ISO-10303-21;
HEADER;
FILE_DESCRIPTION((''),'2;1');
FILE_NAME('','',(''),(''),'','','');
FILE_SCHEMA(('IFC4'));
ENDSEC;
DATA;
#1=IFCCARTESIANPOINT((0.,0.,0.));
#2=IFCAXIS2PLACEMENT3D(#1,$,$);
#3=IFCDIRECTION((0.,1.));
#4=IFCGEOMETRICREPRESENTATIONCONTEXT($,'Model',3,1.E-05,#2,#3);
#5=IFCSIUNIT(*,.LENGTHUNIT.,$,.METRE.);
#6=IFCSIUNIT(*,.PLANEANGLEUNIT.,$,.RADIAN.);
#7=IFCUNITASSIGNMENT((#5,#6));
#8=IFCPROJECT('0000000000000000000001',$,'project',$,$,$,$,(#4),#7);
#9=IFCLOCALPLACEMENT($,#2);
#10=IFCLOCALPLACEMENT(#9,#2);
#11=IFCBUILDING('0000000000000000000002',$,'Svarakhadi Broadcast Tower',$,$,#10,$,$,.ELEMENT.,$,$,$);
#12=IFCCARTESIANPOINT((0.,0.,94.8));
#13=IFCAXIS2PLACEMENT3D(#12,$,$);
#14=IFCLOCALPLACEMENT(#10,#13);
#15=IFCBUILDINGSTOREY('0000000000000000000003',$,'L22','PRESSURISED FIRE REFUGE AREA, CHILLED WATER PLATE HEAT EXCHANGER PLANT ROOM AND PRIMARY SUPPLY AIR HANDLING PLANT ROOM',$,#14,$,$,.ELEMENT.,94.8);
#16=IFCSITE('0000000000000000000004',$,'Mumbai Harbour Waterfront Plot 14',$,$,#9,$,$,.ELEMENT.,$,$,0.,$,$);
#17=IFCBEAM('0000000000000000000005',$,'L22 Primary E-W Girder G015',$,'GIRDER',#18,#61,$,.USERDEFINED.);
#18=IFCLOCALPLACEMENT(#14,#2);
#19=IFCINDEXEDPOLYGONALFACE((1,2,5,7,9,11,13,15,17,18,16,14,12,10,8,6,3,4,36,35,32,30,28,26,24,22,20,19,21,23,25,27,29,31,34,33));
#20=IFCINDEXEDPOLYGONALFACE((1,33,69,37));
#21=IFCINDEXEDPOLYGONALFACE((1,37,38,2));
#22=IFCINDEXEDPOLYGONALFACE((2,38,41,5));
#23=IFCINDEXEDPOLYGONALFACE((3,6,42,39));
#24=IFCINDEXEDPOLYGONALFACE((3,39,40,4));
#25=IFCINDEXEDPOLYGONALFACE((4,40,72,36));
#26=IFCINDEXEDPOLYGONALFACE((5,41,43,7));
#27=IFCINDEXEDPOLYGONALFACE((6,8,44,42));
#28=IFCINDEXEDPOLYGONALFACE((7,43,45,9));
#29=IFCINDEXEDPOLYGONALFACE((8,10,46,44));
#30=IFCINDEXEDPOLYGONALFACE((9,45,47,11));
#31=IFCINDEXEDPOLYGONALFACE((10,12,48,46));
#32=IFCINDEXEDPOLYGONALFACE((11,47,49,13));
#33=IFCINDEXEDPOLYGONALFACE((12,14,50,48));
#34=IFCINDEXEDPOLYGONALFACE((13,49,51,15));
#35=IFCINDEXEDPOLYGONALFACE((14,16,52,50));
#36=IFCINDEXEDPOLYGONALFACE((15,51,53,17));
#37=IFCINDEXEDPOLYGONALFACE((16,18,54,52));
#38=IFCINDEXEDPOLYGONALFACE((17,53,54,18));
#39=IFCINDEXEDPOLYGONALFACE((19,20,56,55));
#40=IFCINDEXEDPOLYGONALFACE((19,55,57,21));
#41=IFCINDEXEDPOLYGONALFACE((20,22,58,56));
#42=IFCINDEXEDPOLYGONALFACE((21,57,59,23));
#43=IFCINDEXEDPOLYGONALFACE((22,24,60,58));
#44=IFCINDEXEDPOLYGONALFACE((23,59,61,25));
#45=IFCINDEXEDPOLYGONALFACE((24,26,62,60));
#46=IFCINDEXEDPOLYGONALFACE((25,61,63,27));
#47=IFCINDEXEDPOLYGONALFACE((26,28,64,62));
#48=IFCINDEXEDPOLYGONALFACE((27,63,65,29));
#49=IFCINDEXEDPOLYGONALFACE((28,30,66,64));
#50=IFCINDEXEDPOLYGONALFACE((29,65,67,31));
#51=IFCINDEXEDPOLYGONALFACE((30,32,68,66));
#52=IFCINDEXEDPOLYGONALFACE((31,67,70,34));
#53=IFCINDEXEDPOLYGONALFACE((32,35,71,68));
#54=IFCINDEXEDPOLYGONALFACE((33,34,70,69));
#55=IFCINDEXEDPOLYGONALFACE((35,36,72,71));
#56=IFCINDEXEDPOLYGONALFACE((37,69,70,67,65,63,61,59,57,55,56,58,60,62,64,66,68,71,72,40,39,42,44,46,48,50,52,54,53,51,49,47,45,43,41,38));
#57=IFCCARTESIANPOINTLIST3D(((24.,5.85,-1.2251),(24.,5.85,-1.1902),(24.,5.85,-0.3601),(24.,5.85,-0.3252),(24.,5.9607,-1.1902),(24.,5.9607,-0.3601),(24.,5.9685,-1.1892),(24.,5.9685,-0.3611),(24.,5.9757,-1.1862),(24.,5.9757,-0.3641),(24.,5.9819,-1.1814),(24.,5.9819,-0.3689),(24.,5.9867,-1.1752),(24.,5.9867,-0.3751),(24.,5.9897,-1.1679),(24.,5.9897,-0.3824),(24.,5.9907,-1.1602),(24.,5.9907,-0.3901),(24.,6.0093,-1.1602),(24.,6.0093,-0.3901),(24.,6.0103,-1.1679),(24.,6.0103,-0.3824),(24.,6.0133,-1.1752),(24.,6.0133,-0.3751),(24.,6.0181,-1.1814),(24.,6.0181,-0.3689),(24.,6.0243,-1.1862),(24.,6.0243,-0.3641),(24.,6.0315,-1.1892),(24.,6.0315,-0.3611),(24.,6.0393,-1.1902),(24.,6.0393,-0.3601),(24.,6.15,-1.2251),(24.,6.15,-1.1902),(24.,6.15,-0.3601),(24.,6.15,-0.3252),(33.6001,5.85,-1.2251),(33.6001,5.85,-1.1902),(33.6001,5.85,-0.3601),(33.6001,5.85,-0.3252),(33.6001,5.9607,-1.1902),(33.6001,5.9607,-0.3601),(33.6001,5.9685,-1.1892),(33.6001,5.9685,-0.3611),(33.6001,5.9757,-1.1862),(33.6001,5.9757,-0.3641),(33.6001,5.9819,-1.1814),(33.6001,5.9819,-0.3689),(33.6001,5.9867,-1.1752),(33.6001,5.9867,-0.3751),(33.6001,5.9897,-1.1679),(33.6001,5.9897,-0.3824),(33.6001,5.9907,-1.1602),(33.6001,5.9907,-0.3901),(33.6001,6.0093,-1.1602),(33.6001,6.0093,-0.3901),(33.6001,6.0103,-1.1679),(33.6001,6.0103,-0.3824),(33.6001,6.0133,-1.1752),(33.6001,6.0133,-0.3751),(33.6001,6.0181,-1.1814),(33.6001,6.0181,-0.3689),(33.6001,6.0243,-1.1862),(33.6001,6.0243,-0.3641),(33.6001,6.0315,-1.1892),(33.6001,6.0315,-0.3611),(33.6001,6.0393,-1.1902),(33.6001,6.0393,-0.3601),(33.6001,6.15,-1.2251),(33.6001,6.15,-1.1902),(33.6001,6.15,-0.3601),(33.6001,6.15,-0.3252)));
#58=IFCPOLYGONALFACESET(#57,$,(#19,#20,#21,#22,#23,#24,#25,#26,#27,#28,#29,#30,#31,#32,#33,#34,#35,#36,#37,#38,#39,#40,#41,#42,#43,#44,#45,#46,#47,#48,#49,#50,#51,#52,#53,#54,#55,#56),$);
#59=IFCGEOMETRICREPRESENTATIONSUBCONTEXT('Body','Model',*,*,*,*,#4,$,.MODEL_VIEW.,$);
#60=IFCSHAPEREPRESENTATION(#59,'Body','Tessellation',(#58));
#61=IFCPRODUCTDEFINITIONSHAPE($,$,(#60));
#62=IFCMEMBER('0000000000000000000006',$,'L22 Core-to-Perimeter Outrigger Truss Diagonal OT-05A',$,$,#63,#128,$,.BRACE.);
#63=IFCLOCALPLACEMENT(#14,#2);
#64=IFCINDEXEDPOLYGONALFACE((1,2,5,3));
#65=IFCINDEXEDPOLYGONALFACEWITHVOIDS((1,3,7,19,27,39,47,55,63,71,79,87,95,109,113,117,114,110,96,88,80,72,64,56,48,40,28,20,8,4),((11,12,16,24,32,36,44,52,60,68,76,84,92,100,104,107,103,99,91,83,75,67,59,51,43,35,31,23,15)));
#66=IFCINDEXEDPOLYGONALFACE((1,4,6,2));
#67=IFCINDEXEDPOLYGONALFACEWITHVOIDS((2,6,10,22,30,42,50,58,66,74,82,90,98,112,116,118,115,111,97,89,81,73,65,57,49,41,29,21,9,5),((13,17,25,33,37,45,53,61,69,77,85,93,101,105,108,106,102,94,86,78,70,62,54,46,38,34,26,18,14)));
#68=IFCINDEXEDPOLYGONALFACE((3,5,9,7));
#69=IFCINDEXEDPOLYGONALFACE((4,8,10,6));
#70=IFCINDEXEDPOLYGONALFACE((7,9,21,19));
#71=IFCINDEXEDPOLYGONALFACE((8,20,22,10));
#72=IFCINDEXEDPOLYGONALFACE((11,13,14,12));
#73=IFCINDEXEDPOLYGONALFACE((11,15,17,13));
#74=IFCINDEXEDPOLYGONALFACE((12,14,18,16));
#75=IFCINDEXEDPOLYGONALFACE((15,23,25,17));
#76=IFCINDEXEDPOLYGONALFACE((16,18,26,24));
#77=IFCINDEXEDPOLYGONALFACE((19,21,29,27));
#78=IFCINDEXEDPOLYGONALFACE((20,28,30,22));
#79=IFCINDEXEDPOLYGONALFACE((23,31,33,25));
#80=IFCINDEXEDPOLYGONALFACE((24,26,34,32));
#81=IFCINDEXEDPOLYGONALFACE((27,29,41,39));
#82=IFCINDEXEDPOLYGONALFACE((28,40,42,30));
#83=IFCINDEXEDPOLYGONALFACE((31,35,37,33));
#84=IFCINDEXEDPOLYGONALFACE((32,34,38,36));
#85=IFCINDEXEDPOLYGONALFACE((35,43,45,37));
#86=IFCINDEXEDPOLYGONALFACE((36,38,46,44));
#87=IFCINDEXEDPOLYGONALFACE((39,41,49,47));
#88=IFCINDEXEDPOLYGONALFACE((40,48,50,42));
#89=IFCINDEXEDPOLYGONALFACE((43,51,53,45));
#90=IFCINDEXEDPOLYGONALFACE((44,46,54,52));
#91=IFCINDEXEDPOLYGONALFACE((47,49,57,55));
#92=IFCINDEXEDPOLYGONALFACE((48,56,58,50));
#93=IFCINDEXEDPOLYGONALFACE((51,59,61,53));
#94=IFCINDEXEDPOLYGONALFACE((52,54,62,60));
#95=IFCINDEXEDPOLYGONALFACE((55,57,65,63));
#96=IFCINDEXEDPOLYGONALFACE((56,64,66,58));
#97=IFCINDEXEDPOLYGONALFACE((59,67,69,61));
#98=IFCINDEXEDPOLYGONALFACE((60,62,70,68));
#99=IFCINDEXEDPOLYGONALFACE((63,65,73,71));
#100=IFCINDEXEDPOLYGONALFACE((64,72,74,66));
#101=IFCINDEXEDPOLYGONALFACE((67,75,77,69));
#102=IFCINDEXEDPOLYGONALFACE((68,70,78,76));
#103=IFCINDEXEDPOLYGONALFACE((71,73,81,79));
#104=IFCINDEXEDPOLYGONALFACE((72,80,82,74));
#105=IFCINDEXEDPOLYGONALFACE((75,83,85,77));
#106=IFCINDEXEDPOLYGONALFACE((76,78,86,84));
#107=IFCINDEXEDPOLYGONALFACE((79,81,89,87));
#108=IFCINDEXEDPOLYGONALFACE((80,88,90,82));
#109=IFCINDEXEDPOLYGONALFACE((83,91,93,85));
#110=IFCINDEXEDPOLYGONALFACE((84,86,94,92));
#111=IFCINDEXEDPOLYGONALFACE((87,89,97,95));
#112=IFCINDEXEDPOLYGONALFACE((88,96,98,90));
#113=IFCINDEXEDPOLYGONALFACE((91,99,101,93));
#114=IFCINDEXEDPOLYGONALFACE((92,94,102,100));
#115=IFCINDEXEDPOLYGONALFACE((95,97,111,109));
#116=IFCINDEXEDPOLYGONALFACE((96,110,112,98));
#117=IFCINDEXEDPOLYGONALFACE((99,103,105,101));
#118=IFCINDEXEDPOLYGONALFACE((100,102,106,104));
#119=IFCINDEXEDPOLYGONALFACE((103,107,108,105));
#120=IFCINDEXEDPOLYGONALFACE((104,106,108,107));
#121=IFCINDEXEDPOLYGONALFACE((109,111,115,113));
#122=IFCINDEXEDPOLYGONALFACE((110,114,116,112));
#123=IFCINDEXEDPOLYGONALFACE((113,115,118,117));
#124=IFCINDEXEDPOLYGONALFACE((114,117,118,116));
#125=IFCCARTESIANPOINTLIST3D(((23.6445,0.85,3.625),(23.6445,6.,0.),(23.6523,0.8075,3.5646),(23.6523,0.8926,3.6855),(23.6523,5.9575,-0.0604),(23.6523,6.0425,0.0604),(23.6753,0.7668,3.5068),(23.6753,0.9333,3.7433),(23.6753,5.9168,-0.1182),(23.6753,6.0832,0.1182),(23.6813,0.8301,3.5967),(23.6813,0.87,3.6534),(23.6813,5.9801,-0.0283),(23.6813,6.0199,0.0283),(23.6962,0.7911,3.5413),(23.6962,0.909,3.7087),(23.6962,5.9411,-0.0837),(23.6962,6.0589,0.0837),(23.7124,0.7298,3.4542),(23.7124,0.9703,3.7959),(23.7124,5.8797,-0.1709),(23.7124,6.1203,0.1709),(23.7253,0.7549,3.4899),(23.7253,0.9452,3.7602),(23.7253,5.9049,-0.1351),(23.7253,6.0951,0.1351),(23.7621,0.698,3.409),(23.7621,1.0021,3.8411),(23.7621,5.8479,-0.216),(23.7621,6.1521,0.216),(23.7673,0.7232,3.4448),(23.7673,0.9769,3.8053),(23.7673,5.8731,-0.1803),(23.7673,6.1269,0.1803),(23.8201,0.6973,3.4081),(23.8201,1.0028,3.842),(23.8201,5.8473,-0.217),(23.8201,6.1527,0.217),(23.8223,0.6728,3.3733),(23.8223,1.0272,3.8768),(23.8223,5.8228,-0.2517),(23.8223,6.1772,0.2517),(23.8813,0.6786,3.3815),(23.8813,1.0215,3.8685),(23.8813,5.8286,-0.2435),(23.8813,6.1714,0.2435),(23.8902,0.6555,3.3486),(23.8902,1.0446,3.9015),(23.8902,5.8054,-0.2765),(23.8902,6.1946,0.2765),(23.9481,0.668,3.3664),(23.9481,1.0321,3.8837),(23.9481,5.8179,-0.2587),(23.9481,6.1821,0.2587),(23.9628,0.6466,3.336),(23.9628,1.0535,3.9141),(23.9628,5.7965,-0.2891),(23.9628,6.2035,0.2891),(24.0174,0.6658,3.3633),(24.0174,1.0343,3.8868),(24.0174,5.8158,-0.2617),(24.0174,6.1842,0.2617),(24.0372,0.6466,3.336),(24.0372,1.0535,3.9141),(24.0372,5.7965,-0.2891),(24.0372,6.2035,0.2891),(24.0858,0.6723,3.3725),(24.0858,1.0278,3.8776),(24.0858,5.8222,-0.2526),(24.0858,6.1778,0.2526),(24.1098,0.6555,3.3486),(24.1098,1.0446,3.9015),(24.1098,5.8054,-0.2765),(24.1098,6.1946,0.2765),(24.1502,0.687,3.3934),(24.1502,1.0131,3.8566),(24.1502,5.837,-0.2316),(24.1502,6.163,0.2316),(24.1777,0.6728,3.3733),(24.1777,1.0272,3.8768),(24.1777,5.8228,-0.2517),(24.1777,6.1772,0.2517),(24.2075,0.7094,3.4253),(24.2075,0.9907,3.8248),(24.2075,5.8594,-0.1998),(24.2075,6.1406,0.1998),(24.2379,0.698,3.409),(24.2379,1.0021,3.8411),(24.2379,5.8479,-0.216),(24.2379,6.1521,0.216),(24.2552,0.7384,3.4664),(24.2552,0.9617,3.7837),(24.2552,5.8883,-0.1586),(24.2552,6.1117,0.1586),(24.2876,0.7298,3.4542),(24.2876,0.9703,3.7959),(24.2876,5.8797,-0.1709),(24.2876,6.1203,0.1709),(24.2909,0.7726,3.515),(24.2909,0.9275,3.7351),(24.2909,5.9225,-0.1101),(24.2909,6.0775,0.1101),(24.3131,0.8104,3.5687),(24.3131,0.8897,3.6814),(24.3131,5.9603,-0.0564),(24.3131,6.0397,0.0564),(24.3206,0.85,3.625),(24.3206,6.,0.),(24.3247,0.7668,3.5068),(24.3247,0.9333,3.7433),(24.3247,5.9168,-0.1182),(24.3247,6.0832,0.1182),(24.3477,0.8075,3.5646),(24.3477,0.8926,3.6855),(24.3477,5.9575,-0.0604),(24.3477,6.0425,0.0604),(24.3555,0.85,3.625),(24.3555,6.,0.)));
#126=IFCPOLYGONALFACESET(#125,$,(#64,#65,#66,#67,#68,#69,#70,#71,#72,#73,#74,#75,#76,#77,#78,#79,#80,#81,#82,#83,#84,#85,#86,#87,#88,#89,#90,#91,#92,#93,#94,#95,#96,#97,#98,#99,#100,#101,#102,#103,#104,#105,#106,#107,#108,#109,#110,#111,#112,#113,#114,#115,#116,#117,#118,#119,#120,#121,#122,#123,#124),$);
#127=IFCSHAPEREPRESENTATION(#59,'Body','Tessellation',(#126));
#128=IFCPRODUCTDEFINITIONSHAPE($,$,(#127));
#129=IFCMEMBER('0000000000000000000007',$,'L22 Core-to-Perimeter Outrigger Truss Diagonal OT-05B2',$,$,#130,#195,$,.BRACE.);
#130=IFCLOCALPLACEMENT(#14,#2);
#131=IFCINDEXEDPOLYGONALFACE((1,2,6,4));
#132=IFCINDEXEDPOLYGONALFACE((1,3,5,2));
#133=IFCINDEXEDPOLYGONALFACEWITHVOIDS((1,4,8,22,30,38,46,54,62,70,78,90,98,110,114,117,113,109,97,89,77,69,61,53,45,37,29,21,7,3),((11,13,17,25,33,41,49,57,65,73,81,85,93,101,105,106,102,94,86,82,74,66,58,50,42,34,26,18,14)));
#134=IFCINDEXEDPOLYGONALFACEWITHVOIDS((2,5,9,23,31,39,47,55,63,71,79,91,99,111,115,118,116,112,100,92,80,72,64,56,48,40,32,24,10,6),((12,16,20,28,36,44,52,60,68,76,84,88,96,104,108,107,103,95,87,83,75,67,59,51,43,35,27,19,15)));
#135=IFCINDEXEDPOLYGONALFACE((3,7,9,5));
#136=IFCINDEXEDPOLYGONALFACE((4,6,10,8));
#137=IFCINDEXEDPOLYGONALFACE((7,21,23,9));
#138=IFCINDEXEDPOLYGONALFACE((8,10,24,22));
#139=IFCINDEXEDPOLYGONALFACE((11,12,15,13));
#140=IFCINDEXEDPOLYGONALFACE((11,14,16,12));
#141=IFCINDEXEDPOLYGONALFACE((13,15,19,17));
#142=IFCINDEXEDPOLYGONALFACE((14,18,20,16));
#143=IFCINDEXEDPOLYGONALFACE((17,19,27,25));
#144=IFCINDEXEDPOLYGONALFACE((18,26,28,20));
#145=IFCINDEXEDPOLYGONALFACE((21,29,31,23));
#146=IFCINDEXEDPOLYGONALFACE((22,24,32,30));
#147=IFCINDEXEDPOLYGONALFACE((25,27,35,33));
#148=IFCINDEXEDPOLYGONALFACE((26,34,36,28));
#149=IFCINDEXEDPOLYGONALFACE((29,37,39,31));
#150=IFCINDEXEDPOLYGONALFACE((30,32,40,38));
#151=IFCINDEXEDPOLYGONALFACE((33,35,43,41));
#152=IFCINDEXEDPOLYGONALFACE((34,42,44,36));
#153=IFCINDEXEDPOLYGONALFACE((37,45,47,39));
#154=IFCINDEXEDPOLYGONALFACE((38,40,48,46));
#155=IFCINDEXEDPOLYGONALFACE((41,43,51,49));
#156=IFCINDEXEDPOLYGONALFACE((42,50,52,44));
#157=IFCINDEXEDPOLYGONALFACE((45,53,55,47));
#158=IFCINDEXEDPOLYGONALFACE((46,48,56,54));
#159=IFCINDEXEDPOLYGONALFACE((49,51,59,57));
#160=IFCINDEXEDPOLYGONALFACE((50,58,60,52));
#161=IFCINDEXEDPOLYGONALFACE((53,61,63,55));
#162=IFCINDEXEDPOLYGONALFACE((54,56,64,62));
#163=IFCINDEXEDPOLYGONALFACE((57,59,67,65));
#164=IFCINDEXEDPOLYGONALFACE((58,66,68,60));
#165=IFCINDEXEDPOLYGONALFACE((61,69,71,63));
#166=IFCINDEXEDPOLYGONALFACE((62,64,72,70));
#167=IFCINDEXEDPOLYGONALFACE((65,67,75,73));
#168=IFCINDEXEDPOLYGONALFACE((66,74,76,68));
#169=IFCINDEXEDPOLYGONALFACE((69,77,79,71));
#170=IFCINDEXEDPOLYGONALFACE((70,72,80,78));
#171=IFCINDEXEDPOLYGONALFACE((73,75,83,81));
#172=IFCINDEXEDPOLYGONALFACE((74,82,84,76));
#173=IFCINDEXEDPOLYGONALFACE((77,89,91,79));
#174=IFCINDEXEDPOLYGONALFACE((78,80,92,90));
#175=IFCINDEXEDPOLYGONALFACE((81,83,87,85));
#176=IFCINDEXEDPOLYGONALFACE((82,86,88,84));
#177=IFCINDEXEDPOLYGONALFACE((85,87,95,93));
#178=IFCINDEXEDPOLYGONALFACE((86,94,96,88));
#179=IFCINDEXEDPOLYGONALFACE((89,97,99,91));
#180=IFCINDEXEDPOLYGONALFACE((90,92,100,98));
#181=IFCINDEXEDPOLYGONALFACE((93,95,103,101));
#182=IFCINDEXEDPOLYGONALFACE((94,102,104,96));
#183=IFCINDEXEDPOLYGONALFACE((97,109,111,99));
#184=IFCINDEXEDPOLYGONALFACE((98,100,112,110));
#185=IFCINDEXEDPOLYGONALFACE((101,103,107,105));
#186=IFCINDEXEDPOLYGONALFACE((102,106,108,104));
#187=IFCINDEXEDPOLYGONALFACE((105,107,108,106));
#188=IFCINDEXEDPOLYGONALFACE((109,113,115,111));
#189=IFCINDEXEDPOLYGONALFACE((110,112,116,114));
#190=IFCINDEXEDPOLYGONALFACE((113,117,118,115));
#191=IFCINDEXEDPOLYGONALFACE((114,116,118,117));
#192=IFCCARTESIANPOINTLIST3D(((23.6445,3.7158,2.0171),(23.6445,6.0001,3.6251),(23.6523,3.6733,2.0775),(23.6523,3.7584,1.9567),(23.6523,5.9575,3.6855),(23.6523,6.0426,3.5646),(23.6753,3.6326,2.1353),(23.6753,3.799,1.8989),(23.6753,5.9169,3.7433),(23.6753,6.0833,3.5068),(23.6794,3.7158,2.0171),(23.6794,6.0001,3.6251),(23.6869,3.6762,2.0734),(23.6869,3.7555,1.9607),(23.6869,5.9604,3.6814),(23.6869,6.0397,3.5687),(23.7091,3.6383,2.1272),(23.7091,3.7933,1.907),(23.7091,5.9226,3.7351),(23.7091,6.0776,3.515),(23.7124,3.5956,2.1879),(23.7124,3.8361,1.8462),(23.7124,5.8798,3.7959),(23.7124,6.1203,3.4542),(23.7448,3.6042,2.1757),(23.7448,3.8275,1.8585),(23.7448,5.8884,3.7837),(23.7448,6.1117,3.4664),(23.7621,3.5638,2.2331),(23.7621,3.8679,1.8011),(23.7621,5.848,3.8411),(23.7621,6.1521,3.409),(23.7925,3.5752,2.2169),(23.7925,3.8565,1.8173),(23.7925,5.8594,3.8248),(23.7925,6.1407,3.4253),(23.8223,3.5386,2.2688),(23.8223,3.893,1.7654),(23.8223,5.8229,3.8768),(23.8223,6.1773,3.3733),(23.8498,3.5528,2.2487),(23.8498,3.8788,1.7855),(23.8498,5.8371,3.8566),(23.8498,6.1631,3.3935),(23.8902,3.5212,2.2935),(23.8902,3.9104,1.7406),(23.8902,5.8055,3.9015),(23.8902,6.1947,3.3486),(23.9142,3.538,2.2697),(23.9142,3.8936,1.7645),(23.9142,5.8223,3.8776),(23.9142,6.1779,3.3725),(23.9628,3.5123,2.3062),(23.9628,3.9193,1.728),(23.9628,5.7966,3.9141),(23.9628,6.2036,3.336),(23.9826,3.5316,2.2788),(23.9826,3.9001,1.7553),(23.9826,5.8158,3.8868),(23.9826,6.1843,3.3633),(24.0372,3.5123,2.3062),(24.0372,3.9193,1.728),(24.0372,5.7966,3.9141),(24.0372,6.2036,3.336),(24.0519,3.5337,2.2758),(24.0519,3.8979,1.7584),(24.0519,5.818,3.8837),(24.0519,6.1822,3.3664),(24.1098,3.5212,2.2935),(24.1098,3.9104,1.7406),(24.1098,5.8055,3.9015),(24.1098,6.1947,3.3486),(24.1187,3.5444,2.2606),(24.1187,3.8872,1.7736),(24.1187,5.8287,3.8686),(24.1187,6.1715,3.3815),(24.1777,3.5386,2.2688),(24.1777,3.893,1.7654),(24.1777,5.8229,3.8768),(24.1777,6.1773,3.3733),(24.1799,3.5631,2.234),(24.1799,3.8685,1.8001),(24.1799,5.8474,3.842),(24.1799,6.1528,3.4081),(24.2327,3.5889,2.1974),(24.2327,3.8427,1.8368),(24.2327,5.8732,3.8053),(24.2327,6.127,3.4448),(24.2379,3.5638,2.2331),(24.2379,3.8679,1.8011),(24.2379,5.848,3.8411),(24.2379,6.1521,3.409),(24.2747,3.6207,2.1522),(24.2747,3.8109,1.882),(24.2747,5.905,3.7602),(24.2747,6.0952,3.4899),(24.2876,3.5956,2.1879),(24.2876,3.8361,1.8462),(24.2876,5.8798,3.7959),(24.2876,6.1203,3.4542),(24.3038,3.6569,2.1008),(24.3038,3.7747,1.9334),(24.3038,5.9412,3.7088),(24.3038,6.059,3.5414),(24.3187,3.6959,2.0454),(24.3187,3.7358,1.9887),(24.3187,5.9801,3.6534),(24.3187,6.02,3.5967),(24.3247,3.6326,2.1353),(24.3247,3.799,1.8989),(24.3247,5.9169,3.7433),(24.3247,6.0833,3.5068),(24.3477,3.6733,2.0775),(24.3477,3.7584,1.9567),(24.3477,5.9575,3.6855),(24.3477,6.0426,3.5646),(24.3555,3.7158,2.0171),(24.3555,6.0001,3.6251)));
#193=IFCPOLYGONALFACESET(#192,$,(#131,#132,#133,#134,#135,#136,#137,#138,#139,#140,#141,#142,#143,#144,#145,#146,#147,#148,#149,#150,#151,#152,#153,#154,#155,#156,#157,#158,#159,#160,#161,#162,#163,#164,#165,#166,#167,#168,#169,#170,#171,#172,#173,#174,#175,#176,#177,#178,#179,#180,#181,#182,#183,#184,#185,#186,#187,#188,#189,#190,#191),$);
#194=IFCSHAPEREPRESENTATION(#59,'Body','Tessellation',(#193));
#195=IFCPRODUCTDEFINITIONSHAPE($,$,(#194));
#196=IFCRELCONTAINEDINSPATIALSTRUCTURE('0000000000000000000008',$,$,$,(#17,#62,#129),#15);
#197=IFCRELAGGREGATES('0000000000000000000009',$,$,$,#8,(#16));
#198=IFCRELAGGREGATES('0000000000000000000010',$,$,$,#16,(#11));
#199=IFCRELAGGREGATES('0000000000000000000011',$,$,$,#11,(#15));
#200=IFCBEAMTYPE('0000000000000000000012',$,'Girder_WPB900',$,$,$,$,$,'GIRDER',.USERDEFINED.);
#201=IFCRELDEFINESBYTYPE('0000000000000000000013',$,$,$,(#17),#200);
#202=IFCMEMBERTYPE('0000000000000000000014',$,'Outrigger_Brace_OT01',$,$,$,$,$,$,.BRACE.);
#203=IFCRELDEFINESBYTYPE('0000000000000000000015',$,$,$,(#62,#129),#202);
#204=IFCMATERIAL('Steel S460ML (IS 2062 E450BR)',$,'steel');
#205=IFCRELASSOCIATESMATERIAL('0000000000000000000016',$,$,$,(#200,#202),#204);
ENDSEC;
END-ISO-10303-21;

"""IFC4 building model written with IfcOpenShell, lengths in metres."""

from ifc_helpers import new_model, si_unit, direction, frame, origin, origin_2d, place, context, subcontext, project, spatial, hollow_circle, i_section, extrude, material, material_profile, profile_set, type_object, element, save


model = new_model("IFC4")

# Units and contexts
model_context = context("Model", 3, precision=1e-05, world=origin(), true_north=direction((0.0, 1.0)))
body_context = subcontext(model_context, "Body", "Model", "MODEL_VIEW")
ifc_project = project(units=[si_unit("LENGTHUNIT", "METRE"), si_unit("PLANEANGLEUNIT", "RADIAN")], contexts=[model_context])

# Site, building, storey
site_placement = place(None, origin())
site = spatial("IfcSite", under=ifc_project, at=site_placement, Name="Mumbai Harbour Waterfront Plot 14", CompositionType="ELEMENT", RefElevation=0.0)
building_placement = place(site_placement, origin())
building = spatial("IfcBuilding", under=site, at=building_placement, Name="Svarakhadi Broadcast Tower", CompositionType="ELEMENT")
storey_placement = place(building_placement, frame((0.0, 0.0, 94.8)))
storey = spatial("IfcBuildingStorey", under=building, at=storey_placement, Name="L22", Description="PRESSURISED FIRE REFUGE AREA, CHILLED WATER PLATE HEAT EXCHANGER PLANT ROOM AND PRIMARY SUPPLY AIR HANDLING PLANT ROOM", CompositionType="ELEMENT", Elevation=94.8)

# Shared definitions
ifc_material_1 = material(Name="Steel S460ML (IS 2062 E450BR)", Category="steel")

# Beam
ifc_material_profile_1 = material_profile(ifc_material_1, i_section(OverallWidth=0.3, OverallDepth=0.8999, WebThickness=0.0186, FlangeThickness=0.0349, FilletRadius=0.03, at=origin_2d()), Name="WPB 900x300x291")
ifc_profile_set_1 = profile_set([ifc_material_profile_1], Name="Steel S460ML (IS 2062 E450BR)")
beam_type_1 = type_object("IfcBeamType", Name="Girder_WPB900", ElementType="GIRDER", PredefinedType="USERDEFINED", material=ifc_profile_set_1)
beam_1_placement = place(storey_placement, frame((24.0, 6.0, -0.7751), z_axis=(1.0, 0.0, 0.0), x_axis=(0.0, 1.0, 0.0)))
element("IfcBeam", 1, at=beam_1_placement, inside=storey, type_object=beam_type_1, Name="L22 Primary E-W Girder G015", ObjectType="GIRDER", PredefinedType="USERDEFINED", context=body_context, shape_type="SweptSolid", body=[
    extrude(i_section(OverallWidth=0.3, OverallDepth=0.8999, WebThickness=0.0186, FlangeThickness=0.0349, FilletRadius=0.03, at=origin_2d()), origin(), (0.0, 0.0, 1.0), 9.6001),
])

# Members
ifc_material_profile_2 = material_profile(ifc_material_1, hollow_circle(Radius=0.3555, WallThickness=0.0349, at=origin_2d()), Name="CHS 711x35")
ifc_profile_set_2 = profile_set([ifc_material_profile_2], Name="Steel S460ML (IS 2062 E450BR)")
member_type_1 = type_object("IfcMemberType", Name="Outrigger_Brace_OT01", PredefinedType="BRACE", material=ifc_profile_set_2)
member_1_placement = place(storey_placement, frame((24.0, 6.0, 0.0), z_axis=(0.0, -0.817732, 0.575599), x_axis=(1.0, 0.0, 0.0)))
element("IfcMember", 2, at=member_1_placement, inside=storey, type_object=member_type_1, Name="L22 Core-to-Perimeter Outrigger Truss Diagonal OT-05A", PredefinedType="BRACE", context=body_context, shape_type="SweptSolid", body=[
    extrude(hollow_circle(Radius=0.3555, WallThickness=0.0349, at=origin_2d()), origin(), (0.0, 0.0, 1.0), 6.2979),
])
member_2_placement = place(storey_placement, frame((24.0, 3.7158, 2.0171), z_axis=(0.0, 0.817718, 0.575619), x_axis=(-1.0, 0.0, 0.0)))
element("IfcMember", 3, at=member_2_placement, inside=storey, type_object=member_type_1, Name="L22 Core-to-Perimeter Outrigger Truss Diagonal OT-05B2", PredefinedType="BRACE", context=body_context, shape_type="SweptSolid", body=[
    extrude(hollow_circle(Radius=0.3555, WallThickness=0.0349, at=origin_2d()), origin(), (0.0, 0.0, 1.0), 2.7935),
])

save(model, "model.ifc")
